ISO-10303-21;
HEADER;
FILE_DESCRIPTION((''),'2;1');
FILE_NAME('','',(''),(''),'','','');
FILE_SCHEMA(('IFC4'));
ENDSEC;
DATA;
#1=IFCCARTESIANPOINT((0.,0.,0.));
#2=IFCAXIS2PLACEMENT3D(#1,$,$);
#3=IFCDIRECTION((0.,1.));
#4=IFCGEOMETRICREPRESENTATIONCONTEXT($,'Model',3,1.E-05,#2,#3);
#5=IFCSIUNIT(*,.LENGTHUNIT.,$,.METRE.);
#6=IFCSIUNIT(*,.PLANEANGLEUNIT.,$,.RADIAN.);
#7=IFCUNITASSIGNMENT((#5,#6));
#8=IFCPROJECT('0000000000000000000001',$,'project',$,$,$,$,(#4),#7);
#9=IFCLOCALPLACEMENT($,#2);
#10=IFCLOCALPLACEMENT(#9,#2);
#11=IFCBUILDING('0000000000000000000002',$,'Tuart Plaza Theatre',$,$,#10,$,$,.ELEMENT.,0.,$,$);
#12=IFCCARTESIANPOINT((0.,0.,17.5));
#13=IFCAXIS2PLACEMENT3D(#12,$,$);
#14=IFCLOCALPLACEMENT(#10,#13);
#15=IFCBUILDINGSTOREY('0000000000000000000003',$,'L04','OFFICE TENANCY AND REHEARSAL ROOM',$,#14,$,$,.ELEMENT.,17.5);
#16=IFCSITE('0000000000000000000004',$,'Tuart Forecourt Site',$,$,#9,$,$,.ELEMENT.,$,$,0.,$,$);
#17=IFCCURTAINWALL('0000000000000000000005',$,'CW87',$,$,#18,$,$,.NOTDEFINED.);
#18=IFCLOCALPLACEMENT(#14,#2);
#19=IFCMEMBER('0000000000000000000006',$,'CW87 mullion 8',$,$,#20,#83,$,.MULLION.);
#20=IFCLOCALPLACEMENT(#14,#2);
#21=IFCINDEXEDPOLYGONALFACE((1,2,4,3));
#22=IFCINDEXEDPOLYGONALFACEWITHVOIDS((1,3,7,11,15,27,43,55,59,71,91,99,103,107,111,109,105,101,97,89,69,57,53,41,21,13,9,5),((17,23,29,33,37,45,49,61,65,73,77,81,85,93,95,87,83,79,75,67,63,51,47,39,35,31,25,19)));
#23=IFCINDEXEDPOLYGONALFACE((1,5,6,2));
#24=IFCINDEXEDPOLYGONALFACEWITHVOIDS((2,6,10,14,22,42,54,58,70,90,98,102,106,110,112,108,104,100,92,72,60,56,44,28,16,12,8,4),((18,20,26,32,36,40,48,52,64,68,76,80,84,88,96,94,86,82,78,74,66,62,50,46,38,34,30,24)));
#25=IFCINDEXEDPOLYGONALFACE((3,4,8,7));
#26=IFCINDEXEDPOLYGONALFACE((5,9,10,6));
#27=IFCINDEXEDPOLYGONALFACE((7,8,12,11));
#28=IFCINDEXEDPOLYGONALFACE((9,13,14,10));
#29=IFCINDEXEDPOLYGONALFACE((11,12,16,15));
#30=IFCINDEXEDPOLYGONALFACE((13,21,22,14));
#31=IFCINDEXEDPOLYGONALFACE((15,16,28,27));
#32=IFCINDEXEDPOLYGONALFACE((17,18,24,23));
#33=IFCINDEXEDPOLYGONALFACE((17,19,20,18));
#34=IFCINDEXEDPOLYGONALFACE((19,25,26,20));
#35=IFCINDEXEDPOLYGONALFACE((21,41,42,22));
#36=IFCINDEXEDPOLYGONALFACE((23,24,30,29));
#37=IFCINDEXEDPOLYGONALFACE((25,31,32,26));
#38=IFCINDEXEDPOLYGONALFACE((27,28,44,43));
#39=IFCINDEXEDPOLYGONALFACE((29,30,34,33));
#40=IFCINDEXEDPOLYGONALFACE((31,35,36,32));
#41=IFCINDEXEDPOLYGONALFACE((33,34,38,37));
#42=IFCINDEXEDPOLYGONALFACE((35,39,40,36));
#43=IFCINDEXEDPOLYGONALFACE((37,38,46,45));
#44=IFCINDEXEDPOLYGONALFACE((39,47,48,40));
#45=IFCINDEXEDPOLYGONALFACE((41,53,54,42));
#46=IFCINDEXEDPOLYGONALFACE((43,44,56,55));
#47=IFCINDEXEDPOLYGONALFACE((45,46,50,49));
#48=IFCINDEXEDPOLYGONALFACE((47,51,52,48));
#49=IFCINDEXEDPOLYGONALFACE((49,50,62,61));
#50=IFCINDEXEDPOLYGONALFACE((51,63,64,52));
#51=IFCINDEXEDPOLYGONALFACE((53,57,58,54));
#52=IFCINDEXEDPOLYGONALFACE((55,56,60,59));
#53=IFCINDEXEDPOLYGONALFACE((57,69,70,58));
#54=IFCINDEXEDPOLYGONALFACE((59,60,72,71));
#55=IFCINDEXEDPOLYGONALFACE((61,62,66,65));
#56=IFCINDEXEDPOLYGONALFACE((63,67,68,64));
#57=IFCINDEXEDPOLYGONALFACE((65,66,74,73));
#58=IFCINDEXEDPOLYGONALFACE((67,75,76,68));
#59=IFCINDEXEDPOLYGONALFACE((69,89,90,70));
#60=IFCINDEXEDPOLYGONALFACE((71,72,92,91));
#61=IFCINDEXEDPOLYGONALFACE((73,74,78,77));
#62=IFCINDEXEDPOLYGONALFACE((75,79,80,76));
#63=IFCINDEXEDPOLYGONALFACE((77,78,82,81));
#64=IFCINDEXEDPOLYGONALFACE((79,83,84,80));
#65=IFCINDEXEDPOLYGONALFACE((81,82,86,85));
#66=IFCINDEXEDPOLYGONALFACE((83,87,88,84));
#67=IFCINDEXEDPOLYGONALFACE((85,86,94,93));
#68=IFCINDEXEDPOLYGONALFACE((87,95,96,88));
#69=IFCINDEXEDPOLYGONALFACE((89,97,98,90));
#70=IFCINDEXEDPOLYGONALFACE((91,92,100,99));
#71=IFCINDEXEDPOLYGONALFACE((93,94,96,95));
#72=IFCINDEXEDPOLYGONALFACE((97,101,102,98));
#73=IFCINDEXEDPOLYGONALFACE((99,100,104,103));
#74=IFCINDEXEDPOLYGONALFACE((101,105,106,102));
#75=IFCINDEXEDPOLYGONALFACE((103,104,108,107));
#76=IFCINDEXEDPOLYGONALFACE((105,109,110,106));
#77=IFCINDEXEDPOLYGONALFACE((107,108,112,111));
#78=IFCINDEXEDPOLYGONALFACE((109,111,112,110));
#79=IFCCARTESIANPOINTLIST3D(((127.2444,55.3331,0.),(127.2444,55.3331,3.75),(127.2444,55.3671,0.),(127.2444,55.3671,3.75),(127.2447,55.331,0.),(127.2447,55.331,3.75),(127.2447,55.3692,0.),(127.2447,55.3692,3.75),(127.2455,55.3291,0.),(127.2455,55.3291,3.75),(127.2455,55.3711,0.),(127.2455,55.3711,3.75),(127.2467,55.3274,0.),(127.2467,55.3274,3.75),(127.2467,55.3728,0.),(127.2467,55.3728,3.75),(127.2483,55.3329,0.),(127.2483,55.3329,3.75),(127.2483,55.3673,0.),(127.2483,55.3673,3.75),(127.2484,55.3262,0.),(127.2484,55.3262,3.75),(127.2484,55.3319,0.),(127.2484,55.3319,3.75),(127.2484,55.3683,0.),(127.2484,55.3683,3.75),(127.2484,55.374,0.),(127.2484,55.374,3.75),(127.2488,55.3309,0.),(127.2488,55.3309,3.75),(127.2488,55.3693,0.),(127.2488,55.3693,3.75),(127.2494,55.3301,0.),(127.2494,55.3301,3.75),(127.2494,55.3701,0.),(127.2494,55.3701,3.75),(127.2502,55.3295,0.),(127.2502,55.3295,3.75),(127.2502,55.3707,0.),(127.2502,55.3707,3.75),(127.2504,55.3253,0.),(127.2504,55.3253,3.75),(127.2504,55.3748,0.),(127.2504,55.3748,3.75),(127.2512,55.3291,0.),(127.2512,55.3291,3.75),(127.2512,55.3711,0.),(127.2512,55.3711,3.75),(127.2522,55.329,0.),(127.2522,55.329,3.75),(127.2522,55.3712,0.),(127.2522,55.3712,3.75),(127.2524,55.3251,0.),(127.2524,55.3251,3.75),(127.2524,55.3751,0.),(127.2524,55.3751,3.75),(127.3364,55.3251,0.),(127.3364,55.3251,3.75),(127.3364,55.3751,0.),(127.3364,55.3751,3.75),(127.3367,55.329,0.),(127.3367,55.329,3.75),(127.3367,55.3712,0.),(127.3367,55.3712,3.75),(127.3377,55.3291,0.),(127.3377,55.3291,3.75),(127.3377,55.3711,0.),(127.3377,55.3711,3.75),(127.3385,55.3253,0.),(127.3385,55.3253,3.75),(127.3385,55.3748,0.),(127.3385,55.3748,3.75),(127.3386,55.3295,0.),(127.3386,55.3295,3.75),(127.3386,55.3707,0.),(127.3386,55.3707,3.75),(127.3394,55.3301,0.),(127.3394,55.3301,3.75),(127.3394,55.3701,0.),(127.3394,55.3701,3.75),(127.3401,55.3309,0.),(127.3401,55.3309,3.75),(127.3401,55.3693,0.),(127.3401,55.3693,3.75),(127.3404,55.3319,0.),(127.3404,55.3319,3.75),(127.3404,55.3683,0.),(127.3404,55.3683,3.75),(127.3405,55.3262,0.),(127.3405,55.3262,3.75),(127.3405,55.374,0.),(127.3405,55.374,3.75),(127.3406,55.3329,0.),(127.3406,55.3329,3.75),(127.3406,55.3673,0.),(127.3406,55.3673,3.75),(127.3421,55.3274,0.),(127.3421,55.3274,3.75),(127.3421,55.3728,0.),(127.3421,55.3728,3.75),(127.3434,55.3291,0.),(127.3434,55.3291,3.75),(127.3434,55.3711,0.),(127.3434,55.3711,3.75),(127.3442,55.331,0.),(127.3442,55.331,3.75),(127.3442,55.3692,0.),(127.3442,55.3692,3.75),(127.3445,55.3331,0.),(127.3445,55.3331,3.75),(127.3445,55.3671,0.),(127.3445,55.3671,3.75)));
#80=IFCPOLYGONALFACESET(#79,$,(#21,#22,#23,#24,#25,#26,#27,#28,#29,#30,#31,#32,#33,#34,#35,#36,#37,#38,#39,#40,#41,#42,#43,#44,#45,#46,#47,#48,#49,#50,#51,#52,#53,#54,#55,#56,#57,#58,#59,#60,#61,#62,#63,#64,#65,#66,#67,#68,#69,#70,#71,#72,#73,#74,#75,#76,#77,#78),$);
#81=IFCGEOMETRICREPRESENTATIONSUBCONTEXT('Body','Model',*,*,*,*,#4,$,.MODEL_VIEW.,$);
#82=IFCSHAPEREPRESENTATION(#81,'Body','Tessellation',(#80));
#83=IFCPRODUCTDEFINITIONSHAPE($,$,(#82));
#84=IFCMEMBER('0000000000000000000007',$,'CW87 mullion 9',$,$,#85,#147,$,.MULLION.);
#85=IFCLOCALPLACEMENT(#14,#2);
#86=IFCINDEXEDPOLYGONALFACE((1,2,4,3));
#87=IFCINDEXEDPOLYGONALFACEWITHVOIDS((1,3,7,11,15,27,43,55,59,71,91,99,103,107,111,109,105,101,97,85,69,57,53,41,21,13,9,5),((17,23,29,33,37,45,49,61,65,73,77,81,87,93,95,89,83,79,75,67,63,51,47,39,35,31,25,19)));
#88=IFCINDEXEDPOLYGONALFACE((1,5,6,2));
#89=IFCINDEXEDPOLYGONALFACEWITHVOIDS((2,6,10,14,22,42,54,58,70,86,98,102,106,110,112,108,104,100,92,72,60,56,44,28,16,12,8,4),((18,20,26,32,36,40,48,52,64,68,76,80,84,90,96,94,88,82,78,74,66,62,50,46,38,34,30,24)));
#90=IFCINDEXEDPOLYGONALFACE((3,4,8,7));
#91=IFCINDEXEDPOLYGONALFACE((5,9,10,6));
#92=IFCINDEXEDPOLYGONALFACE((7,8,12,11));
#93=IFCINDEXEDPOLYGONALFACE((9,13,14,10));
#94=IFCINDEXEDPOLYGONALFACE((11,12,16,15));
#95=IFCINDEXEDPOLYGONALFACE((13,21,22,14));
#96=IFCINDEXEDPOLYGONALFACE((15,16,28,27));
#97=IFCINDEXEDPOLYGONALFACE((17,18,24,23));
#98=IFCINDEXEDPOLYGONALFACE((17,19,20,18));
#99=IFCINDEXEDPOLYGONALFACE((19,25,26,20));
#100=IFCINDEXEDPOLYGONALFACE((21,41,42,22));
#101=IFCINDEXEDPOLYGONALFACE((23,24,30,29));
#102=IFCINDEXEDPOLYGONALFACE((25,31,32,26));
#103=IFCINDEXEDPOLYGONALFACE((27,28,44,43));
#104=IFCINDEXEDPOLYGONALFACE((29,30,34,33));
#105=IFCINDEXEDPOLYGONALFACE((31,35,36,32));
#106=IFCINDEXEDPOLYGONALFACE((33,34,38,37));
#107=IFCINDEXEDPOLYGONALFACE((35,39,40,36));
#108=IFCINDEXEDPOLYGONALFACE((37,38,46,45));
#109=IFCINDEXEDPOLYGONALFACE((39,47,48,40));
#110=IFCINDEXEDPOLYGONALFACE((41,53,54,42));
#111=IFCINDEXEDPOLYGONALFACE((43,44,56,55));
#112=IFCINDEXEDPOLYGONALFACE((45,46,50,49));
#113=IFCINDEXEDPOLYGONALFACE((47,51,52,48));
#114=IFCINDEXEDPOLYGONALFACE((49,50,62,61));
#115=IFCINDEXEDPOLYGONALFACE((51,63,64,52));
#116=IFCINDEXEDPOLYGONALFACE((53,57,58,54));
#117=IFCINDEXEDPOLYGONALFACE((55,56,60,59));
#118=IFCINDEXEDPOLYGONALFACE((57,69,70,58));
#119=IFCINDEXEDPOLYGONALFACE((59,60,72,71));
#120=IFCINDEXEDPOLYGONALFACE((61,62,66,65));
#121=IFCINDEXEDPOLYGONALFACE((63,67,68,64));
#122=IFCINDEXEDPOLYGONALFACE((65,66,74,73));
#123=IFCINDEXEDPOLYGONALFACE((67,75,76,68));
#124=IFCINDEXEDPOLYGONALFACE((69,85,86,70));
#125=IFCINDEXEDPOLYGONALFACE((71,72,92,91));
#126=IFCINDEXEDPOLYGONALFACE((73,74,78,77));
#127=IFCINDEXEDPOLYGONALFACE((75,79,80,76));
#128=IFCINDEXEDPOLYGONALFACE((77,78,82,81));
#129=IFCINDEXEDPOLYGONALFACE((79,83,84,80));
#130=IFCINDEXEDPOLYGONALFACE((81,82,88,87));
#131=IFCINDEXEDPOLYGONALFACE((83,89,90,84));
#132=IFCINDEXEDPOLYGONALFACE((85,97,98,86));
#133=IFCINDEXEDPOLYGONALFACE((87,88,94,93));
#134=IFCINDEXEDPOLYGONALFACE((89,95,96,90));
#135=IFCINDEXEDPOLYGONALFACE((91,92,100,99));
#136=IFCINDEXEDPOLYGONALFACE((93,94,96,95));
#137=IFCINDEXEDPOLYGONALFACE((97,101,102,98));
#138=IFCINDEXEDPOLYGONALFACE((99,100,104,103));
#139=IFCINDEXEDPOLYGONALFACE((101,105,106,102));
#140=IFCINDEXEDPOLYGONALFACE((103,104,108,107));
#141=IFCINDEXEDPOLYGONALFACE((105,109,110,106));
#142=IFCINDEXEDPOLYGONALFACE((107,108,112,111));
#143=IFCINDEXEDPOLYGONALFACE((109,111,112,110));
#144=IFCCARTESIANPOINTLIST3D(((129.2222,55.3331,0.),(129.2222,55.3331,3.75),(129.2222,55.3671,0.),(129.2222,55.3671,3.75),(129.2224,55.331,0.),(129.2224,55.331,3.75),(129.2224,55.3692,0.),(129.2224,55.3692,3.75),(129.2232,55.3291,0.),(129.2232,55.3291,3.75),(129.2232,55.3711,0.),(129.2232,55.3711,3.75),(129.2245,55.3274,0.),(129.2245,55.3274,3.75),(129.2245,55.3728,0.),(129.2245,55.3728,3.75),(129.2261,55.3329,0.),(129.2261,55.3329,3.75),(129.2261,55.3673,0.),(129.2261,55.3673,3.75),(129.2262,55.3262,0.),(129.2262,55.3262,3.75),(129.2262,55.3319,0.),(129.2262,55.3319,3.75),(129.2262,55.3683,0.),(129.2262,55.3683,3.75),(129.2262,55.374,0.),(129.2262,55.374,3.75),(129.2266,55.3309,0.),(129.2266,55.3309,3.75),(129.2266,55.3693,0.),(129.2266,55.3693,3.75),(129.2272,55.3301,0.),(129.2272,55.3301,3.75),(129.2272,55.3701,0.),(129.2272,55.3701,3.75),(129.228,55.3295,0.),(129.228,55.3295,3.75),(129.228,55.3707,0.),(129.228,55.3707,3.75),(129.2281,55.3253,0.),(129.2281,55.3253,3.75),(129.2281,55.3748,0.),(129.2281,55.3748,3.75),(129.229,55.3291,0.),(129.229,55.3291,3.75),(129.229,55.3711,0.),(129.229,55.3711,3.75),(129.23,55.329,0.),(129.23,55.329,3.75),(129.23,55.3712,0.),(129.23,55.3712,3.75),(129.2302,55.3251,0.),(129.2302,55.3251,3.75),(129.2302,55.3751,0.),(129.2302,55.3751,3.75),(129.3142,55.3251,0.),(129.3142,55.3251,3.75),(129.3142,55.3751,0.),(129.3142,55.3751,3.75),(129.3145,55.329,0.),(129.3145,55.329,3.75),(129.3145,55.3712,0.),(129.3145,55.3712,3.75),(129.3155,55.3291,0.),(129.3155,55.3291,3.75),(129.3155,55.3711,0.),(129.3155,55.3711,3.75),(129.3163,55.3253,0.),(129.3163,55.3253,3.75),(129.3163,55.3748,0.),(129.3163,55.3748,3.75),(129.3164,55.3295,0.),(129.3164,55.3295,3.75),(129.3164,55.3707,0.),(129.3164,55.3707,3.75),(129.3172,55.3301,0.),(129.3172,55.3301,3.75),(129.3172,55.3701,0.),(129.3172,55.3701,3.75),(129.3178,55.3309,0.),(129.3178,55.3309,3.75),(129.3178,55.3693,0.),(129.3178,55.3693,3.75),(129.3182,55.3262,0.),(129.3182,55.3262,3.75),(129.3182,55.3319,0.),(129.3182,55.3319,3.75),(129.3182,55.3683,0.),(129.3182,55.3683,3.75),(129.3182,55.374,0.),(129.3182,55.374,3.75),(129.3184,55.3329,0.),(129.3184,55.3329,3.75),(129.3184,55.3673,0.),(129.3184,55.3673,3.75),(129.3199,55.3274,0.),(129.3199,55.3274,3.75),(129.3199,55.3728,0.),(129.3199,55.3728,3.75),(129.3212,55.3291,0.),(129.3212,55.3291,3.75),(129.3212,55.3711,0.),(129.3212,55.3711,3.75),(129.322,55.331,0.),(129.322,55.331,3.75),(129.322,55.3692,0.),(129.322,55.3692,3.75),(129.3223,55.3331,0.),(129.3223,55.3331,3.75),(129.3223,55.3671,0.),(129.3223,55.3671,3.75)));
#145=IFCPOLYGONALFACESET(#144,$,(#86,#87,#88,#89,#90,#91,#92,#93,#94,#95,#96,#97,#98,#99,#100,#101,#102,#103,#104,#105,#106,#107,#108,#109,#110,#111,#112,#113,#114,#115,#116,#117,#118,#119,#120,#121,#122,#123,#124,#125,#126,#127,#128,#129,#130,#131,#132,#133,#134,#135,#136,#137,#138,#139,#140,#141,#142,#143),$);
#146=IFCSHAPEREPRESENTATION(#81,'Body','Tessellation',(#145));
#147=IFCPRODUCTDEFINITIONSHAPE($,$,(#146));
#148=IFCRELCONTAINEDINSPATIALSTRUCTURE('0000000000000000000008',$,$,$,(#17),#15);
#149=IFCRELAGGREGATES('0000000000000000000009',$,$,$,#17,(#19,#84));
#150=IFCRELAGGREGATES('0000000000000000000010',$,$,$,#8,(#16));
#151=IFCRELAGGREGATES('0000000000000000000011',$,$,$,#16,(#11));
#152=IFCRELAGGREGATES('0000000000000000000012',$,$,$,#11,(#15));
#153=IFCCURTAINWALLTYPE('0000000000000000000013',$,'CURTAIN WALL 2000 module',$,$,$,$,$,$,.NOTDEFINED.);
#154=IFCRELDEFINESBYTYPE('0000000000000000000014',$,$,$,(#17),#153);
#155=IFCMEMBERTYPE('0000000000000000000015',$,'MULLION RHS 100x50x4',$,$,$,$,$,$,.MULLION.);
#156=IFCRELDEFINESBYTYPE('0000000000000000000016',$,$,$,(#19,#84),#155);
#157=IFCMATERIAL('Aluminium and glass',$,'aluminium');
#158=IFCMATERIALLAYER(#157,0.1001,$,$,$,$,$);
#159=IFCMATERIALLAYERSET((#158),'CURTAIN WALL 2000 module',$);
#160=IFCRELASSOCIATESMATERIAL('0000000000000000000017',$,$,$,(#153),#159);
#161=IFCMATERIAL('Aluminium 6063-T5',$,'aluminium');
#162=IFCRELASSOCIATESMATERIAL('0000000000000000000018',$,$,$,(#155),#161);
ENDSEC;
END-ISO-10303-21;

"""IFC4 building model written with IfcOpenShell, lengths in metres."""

from ifc_helpers import new_model, si_unit, direction, frame, origin, origin_2d, place, context, subcontext, project, spatial, hollow_rectangle, extrude, material, layer, layer_set, material_profile, profile_set, type_object, element, aggregate, save


model = new_model("IFC4")

# Units and contexts
model_context = context("Model", 3, precision=1e-05, world=origin(), true_north=direction((0.0, 1.0)))
body_context = subcontext(model_context, "Body", "Model", "MODEL_VIEW")
ifc_project = project(units=[si_unit("LENGTHUNIT", "METRE"), si_unit("PLANEANGLEUNIT", "RADIAN")], contexts=[model_context])

# Site, building, storey
site_placement = place(None, origin())
site = spatial("IfcSite", under=ifc_project, at=site_placement, Name="Tuart Forecourt Site", CompositionType="ELEMENT", RefElevation=0.0)
building_placement = place(site_placement, origin())
building = spatial("IfcBuilding", under=site, at=building_placement, Name="Tuart Plaza Theatre", CompositionType="ELEMENT", ElevationOfRefHeight=0.0)
storey_placement = place(building_placement, frame((0.0, 0.0, 17.5)))
storey = spatial("IfcBuildingStorey", under=building, at=storey_placement, Name="L04", Description="OFFICE TENANCY AND REHEARSAL ROOM", CompositionType="ELEMENT", Elevation=17.5)

# Curtain wall, members
ifc_material_1 = material(Name="Aluminium and glass", Category="aluminium")
ifc_layer_1 = layer(ifc_material_1, 0.1001)
ifc_layer_set_1 = layer_set([ifc_layer_1], Name="CURTAIN WALL 2000 module")
curtain_wall_type = type_object("IfcCurtainWallType", Name="CURTAIN WALL 2000 module", PredefinedType="NOTDEFINED", material=ifc_layer_set_1)
ifc_material_2 = material(Name="Aluminium 6063-T5", Category="aluminium")
ifc_material_profile_1 = material_profile(ifc_material_2, hollow_rectangle(XDim=0.05, YDim=0.1001, WallThickness=0.0039, InnerFilletRadius=0.0039, OuterFilletRadius=0.0081, at=origin_2d()), Name="RHS 100x50x4")
ifc_profile_set_1 = profile_set([ifc_material_profile_1], Name="Aluminium 6063-T5")
member_type_1 = type_object("IfcMemberType", Name="MULLION RHS 100x50x4", PredefinedType="MULLION", material=ifc_profile_set_1)
curtain_wall_1_placement = place(storey_placement, origin())
curtain_wall_1 = element("IfcCurtainWall", 1, at=curtain_wall_1_placement, inside=storey, type_object=curtain_wall_type, Name="CW87", PredefinedType="NOTDEFINED")
member_1_placement = place(storey_placement, frame((127.2944, 55.3501, 0.0), z_axis=(0.0, 0.0, 1.0), x_axis=(0.0, 1.0, 0.0)))
member_1 = element("IfcMember", 2, at=member_1_placement, type_object=member_type_1, Name="CW87 mullion 8", PredefinedType="MULLION", context=body_context, shape_type="SweptSolid", body=[
    extrude(hollow_rectangle(XDim=0.05, YDim=0.1001, WallThickness=0.0039, InnerFilletRadius=0.0039, OuterFilletRadius=0.0081, at=origin_2d()), origin(), (0.0, 0.0, 1.0), 3.75),
])
member_2_placement = place(storey_placement, frame((129.2722, 55.3501, 0.0), z_axis=(0.0, 0.0, 1.0), x_axis=(0.0, 1.0, 0.0)))
member_2 = element("IfcMember", 3, at=member_2_placement, type_object=member_type_1, Name="CW87 mullion 9", PredefinedType="MULLION", context=body_context, shape_type="SweptSolid", body=[
    extrude(hollow_rectangle(XDim=0.05, YDim=0.1001, WallThickness=0.0039, InnerFilletRadius=0.0039, OuterFilletRadius=0.0081, at=origin_2d()), origin(), (0.0, 0.0, 1.0), 3.75),
])

aggregate(curtain_wall_1, [member_1, member_2])

save(model, "model.ifc")
